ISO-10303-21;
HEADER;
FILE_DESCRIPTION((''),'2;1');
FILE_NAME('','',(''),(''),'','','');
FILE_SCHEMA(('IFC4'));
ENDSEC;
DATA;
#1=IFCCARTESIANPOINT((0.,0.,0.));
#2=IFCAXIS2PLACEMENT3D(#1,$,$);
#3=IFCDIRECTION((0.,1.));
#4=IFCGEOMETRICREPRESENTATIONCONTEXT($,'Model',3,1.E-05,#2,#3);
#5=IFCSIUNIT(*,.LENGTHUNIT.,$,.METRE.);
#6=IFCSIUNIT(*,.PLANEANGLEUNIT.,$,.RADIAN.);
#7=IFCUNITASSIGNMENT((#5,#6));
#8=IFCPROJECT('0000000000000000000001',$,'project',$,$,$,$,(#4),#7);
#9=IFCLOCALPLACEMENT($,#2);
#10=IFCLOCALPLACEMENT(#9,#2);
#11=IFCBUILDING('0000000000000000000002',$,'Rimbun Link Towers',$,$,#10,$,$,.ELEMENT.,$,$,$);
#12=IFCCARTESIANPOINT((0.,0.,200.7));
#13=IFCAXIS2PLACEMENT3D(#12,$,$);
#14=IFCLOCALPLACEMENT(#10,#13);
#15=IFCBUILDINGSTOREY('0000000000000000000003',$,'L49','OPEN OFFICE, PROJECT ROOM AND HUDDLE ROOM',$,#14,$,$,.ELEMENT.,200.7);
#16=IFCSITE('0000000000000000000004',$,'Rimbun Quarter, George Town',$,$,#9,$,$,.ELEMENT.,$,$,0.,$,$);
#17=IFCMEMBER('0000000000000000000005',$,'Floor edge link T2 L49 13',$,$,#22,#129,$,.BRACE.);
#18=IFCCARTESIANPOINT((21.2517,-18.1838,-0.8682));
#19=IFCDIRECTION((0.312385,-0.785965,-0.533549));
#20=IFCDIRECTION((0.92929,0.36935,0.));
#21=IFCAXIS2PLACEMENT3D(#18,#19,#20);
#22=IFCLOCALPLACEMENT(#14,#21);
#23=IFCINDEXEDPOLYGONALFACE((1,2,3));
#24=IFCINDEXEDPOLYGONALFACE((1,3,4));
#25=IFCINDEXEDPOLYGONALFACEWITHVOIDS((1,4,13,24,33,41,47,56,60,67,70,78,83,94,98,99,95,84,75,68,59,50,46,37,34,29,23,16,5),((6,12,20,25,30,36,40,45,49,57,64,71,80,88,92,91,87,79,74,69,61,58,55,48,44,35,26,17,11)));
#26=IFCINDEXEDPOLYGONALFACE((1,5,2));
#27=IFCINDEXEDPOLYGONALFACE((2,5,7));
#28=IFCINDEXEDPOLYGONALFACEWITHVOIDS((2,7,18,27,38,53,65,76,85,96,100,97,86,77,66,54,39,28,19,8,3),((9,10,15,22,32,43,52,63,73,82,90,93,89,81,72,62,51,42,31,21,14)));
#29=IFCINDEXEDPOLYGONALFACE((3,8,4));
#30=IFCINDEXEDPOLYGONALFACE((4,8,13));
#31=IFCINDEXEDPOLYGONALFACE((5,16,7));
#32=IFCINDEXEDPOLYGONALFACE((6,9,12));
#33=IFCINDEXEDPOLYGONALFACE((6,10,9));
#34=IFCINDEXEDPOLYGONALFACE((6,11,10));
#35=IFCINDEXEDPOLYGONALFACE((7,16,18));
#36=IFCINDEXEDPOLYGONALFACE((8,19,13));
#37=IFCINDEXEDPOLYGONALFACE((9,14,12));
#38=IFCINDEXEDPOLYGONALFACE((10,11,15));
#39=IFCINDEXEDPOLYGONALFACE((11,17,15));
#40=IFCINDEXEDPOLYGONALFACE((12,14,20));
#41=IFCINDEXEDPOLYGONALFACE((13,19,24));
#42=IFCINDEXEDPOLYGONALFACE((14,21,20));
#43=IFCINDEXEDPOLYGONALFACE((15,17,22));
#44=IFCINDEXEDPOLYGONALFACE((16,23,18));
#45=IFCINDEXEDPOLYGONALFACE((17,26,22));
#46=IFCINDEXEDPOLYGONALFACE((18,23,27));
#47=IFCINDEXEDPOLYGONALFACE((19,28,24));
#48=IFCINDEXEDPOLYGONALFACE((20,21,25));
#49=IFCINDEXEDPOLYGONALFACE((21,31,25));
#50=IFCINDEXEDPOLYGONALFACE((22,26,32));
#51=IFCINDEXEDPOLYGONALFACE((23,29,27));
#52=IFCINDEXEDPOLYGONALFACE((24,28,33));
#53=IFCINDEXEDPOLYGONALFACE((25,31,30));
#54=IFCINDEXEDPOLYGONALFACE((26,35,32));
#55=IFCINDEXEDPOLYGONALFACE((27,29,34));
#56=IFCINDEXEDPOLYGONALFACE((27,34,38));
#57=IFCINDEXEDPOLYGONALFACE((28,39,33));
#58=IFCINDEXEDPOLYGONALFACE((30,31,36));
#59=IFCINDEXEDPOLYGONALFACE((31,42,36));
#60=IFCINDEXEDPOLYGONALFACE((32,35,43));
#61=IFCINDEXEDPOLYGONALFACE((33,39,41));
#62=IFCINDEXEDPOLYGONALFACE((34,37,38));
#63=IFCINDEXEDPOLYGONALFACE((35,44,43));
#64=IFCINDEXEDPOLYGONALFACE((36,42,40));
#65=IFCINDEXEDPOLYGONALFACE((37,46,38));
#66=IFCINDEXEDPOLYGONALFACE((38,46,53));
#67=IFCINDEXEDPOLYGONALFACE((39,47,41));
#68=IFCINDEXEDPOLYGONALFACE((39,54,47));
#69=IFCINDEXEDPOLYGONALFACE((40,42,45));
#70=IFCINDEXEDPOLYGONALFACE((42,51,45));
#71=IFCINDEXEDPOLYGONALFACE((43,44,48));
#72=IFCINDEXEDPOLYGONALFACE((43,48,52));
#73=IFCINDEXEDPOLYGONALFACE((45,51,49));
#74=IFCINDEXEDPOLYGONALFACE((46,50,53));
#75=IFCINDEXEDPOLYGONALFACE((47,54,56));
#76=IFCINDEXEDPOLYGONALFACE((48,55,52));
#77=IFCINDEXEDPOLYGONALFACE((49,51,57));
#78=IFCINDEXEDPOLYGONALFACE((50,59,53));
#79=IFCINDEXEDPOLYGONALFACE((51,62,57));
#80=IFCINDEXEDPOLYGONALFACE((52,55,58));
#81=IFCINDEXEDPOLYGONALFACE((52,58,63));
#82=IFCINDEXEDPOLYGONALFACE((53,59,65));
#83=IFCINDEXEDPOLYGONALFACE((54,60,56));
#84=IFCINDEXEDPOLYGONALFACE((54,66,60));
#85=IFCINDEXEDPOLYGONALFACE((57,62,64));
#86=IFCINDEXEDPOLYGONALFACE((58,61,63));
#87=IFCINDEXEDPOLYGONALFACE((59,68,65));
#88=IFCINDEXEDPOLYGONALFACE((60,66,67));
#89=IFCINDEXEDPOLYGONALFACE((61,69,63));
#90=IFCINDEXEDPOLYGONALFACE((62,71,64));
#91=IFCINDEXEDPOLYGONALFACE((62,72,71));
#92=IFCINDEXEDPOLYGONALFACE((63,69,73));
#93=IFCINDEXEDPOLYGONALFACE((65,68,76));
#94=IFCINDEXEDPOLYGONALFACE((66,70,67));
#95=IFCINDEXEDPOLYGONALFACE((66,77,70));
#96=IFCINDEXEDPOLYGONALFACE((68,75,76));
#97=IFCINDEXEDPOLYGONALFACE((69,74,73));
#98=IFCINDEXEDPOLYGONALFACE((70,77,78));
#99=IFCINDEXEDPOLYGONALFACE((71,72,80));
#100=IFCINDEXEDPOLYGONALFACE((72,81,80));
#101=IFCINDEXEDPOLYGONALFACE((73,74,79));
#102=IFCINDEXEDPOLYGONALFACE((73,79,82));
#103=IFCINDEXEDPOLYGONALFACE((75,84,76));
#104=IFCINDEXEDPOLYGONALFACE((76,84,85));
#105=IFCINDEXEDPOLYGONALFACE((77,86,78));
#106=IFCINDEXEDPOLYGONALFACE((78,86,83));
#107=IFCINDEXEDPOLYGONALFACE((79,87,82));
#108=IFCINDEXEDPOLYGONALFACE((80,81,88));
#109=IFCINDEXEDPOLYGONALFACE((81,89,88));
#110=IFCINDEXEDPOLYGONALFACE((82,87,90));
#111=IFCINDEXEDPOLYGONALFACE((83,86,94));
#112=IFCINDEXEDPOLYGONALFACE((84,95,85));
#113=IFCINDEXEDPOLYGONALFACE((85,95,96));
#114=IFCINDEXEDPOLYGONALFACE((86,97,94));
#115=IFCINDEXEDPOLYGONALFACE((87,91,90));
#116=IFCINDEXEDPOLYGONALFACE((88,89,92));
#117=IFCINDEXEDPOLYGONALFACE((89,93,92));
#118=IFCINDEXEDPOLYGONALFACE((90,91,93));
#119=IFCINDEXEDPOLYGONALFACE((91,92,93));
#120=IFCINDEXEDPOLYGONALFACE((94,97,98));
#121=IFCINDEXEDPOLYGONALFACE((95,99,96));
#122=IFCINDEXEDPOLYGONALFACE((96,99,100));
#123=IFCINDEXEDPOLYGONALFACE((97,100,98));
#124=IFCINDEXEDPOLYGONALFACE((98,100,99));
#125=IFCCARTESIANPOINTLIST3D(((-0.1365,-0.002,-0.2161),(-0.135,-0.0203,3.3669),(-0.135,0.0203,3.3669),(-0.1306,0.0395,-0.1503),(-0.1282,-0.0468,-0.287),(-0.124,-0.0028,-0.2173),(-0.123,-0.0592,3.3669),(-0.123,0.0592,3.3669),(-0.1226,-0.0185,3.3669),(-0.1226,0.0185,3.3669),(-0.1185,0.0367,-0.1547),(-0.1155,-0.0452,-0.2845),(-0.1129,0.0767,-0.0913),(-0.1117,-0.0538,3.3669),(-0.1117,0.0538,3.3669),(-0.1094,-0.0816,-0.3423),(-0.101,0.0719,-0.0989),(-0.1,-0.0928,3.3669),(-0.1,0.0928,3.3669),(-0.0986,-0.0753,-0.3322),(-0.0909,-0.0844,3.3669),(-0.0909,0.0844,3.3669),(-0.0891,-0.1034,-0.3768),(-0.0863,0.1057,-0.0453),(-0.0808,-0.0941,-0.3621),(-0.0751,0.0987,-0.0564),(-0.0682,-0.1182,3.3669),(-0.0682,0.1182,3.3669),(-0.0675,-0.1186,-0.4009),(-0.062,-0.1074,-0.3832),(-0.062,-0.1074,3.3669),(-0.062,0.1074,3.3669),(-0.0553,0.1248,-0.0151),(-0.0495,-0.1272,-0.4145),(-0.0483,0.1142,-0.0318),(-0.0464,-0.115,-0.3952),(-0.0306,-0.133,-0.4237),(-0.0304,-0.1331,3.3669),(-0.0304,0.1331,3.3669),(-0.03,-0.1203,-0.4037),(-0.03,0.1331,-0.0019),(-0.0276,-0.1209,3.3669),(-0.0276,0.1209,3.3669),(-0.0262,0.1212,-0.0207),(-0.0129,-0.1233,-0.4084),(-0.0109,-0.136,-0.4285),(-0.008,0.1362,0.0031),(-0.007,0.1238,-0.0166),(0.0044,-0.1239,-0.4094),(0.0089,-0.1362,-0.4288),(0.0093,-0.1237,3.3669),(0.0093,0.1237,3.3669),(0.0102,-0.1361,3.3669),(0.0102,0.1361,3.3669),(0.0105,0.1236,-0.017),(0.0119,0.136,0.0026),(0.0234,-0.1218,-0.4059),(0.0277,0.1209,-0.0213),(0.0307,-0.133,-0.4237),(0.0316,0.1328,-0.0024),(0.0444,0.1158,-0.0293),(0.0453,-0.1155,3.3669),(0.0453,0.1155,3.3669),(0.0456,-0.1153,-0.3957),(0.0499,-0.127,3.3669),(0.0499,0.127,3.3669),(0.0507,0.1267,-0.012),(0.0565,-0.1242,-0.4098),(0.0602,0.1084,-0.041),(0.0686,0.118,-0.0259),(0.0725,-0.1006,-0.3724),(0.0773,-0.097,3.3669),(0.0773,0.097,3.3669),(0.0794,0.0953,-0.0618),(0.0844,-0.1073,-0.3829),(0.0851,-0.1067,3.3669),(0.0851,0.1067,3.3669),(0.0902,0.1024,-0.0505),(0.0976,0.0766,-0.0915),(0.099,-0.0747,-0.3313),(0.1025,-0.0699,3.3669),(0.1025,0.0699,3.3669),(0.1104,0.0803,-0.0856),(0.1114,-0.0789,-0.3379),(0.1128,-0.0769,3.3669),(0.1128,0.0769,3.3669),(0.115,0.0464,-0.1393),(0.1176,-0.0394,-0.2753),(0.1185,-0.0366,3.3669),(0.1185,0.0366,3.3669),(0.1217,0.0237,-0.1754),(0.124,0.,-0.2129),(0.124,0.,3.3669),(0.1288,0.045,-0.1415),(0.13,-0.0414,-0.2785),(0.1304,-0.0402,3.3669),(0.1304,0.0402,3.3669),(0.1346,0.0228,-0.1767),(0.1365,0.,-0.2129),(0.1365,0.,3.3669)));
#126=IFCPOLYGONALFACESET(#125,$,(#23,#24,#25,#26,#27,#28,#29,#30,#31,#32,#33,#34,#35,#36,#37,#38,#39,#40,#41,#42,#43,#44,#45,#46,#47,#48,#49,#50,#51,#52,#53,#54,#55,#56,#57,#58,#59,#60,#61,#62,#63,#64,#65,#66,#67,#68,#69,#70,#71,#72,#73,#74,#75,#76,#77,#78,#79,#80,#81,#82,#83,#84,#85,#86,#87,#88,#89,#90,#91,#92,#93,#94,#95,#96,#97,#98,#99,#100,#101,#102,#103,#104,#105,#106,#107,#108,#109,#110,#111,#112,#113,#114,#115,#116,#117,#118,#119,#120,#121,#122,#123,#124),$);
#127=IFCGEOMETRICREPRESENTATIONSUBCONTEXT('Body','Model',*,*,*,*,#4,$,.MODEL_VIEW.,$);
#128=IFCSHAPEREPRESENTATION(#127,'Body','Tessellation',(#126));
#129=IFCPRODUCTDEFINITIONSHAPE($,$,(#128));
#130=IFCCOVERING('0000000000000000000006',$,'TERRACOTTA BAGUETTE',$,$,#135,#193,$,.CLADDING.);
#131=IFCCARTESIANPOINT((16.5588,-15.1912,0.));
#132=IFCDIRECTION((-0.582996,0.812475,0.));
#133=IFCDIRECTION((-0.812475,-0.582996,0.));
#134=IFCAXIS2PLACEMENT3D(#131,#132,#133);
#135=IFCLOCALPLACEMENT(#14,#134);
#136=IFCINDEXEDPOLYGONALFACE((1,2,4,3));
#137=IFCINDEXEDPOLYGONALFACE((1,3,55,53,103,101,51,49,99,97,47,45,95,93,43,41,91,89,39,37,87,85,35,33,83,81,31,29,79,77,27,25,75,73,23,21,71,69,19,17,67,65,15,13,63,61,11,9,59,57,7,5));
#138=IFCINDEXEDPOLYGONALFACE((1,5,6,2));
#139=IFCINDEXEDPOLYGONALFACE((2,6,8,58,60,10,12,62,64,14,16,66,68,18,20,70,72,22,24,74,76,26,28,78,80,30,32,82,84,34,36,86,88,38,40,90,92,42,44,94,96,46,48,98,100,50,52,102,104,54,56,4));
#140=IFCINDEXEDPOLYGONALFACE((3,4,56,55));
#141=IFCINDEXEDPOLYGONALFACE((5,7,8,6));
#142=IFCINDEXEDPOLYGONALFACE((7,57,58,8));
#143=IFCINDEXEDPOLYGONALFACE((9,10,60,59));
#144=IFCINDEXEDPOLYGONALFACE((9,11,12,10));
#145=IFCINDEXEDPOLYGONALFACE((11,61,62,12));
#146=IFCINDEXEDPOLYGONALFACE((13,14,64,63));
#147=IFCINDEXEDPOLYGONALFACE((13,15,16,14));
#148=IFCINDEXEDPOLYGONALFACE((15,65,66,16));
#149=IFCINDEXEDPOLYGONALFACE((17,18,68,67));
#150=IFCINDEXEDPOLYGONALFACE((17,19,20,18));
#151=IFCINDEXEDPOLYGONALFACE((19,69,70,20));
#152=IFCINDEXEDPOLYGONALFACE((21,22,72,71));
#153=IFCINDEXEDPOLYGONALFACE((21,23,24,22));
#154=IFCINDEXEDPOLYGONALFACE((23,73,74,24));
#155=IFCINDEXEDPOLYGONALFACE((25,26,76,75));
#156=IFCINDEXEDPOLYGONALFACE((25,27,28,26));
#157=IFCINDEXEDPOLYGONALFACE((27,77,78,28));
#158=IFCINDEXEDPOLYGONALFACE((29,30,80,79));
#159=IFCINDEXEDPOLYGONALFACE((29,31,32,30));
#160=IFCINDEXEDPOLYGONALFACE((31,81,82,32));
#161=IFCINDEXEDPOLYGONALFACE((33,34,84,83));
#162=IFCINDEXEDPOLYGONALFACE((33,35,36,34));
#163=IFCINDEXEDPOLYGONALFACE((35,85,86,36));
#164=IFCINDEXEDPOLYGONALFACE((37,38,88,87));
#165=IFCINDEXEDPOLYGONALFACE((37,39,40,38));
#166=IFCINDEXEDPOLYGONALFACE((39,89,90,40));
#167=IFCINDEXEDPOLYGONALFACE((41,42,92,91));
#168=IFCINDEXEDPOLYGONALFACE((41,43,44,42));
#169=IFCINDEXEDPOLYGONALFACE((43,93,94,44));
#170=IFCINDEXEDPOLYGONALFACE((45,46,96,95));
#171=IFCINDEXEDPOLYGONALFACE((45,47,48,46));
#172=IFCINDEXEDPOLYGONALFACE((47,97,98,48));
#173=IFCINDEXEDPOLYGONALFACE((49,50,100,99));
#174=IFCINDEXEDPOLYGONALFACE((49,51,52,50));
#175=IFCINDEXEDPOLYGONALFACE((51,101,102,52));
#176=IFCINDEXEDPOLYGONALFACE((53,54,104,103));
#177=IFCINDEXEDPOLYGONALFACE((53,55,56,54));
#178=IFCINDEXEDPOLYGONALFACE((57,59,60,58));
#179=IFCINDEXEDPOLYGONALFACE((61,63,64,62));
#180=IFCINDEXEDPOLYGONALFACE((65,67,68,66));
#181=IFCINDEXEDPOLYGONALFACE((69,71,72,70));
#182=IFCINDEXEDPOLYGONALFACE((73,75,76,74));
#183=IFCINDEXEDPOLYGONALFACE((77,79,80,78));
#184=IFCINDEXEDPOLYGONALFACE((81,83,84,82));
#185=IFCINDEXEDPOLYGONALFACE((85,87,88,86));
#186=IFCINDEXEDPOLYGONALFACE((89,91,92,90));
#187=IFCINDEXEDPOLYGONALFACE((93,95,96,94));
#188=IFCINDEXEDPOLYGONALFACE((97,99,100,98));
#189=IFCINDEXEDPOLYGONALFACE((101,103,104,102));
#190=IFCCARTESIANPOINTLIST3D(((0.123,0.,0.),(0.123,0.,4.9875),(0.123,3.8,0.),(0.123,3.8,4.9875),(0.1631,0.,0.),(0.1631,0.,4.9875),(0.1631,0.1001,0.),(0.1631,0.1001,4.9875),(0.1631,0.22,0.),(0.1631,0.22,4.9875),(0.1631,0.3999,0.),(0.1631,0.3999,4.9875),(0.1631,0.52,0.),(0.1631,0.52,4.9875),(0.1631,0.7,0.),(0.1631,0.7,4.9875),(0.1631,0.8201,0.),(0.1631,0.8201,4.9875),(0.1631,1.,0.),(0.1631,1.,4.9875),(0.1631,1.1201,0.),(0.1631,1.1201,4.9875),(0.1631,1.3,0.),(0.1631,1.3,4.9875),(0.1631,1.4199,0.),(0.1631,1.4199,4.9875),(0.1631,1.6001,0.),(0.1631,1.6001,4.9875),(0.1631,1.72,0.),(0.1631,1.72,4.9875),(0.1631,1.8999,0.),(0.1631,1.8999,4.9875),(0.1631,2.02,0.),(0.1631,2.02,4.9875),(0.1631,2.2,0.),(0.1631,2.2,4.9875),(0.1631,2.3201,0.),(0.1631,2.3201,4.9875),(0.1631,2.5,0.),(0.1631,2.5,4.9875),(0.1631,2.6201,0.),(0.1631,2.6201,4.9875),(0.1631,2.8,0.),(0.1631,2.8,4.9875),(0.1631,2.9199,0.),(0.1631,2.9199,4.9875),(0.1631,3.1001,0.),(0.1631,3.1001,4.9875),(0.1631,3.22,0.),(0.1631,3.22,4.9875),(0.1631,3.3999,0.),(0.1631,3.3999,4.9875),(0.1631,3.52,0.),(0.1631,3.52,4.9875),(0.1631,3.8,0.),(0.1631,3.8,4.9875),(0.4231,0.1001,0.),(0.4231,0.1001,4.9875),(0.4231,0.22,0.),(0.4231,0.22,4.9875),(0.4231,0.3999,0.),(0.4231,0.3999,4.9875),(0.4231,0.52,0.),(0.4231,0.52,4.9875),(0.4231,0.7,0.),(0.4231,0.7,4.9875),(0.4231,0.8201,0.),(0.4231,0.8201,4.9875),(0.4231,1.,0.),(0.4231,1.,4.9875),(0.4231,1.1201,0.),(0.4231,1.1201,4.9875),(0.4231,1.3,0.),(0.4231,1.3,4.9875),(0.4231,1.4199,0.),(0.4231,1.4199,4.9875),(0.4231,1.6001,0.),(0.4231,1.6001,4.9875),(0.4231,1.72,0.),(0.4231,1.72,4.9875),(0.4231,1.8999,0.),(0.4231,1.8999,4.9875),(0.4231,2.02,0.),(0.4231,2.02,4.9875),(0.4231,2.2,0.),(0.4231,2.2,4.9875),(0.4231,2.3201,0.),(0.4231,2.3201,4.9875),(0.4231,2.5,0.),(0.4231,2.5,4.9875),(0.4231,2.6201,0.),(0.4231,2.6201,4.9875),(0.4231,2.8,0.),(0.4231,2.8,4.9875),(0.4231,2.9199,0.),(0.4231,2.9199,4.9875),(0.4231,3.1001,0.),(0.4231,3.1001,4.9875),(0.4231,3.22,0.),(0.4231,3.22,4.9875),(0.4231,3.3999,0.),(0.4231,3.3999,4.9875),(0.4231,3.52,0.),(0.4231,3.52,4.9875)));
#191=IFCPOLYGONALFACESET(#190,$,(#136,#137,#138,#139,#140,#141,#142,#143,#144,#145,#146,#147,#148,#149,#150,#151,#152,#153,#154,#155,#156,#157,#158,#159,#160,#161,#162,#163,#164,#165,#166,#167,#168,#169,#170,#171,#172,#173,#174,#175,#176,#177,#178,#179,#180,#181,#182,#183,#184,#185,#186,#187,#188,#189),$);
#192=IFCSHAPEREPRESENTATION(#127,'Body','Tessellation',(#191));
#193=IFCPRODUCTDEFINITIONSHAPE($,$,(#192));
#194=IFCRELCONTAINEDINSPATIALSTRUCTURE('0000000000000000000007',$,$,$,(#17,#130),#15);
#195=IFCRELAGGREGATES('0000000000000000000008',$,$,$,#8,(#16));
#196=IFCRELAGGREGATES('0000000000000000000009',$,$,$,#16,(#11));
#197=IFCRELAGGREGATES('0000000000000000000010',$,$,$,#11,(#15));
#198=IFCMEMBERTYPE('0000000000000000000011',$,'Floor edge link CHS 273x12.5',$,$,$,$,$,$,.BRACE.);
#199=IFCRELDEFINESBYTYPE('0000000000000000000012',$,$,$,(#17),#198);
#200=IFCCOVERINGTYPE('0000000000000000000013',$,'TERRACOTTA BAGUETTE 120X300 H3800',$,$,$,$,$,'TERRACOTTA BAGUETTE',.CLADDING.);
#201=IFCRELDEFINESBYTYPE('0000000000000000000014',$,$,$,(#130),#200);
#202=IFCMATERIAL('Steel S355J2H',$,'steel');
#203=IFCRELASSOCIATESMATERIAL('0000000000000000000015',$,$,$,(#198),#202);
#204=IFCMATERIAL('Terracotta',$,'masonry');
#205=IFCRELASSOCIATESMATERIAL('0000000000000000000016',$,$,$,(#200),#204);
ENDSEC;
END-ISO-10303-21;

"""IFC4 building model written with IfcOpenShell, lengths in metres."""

from ifc_helpers import new_model, si_unit, direction, frame, origin, origin_2d, place, context, subcontext, project, spatial, polyline, hollow_circle, outline, extrude, clip, halfspace, material, material_profile, profile_set, type_object, element, save


model = new_model("IFC4")

# Units and contexts
model_context = context("Model", 3, precision=1e-05, world=origin(), true_north=direction((0.0, 1.0)))
body_context = subcontext(model_context, "Body", "Model", "MODEL_VIEW")
ifc_project = project(units=[si_unit("LENGTHUNIT", "METRE"), si_unit("PLANEANGLEUNIT", "RADIAN")], contexts=[model_context])

# Site, building, storey
site_placement = place(None, origin())
site = spatial("IfcSite", under=ifc_project, at=site_placement, Name="Rimbun Quarter, George Town", CompositionType="ELEMENT", RefElevation=0.0)
building_placement = place(site_placement, origin())
building = spatial("IfcBuilding", under=site, at=building_placement, Name="Rimbun Link Towers", CompositionType="ELEMENT")
storey_placement = place(building_placement, frame((0.0, 0.0, 200.7)))
storey = spatial("IfcBuildingStorey", under=building, at=storey_placement, Name="L49", Description="OPEN OFFICE, PROJECT ROOM AND HUDDLE ROOM", CompositionType="ELEMENT", Elevation=200.7)

# Member
ifc_material_1 = material(Name="Steel S355J2H", Category="steel")
ifc_material_profile_1 = material_profile(ifc_material_1, hollow_circle(Radius=0.1365, WallThickness=0.0125, at=origin_2d()), Name="CHS 273x12.5")
ifc_profile_set_1 = profile_set([ifc_material_profile_1], Name="Steel S355J2H")
member_type_1 = type_object("IfcMemberType", Name="Floor edge link CHS 273x12.5", PredefinedType="BRACE", material=ifc_profile_set_1)
member_1_placement = place(storey_placement, frame((21.2517, -18.1838, -0.8682), z_axis=(0.312385, -0.785965, -0.533549), x_axis=(0.92929, 0.36935, 0.0)))
element("IfcMember", 1, at=member_1_placement, inside=storey, type_object=member_type_1, Name="Floor edge link T2 L49 13", PredefinedType="BRACE", context=body_context, shape_type="Clipping", body=[
    clip(extrude(hollow_circle(Radius=0.1365, WallThickness=0.0125, at=origin_2d()), frame((0.0, 0.0, -0.4514)), (0.0, 0.0, 1.0), 3.8184), halfspace(frame((0.0, 0.0, -0.2129), z_axis=(0.0, 0.845769, -0.533549)), False)),
])

# Covering
ifc_material_2 = material(Name="Terracotta", Category="masonry")
ifc_material_profile_2 = material_profile(ifc_material_2, outline(polyline([(0.123, 0.0), (0.1631, 0.0), (0.1631, 0.1001), (0.4231, 0.1001), (0.4231, 0.22), (0.1631, 0.22), (0.1631, 0.3999), (0.4231, 0.3999), (0.4231, 0.52), (0.1631, 0.52), (0.1631, 0.7), (0.4231, 0.7), (0.4231, 0.8201), (0.1631, 0.8201), (0.1631, 1.0), (0.4231, 1.0), (0.4231, 1.1201), (0.1631, 1.1201), (0.1631, 1.3), (0.4231, 1.3), (0.4231, 1.4199), (0.1631, 1.4199), (0.1631, 1.6001), (0.4231, 1.6001), (0.4231, 1.72), (0.1631, 1.72), (0.1631, 1.8999), (0.4231, 1.8999), (0.4231, 2.02), (0.1631, 2.02), (0.1631, 2.2), (0.4231, 2.2), (0.4231, 2.3201), (0.1631, 2.3201), (0.1631, 2.5), (0.4231, 2.5), (0.4231, 2.6201), (0.1631, 2.6201), (0.1631, 2.8), (0.4231, 2.8), (0.4231, 2.9199), (0.1631, 2.9199), (0.1631, 3.1001), (0.4231, 3.1001), (0.4231, 3.22), (0.1631, 3.22), (0.1631, 3.3999), (0.4231, 3.3999), (0.4231, 3.52), (0.1631, 3.52), (0.1631, 3.8), (0.123, 3.8), (0.123, 0.0)])), Name="BAGUETTE 120X300")
ifc_profile_set_2 = profile_set([ifc_material_profile_2], Name="Terracotta")
covering_type = type_object("IfcCoveringType", Name="TERRACOTTA BAGUETTE 120X300 H3800", ElementType="TERRACOTTA BAGUETTE", PredefinedType="CLADDING", material=ifc_profile_set_2)
covering_1_placement = place(storey_placement, frame((16.5588, -15.1912, 0.0), z_axis=(-0.582996, 0.812475, 0.0), x_axis=(-0.812475, -0.582996, 0.0)))
element("IfcCovering", 2, at=covering_1_placement, inside=storey, type_object=covering_type, Name="TERRACOTTA BAGUETTE", PredefinedType="CLADDING", context=body_context, shape_type="SweptSolid", body=[
    extrude(outline(polyline([(0.123, 0.0), (0.1631, 0.0), (0.1631, 0.1001), (0.4231, 0.1001), (0.4231, 0.22), (0.1631, 0.22), (0.1631, 0.3999), (0.4231, 0.3999), (0.4231, 0.52), (0.1631, 0.52), (0.1631, 0.7), (0.4231, 0.7), (0.4231, 0.8201), (0.1631, 0.8201), (0.1631, 1.0), (0.4231, 1.0), (0.4231, 1.1201), (0.1631, 1.1201), (0.1631, 1.3), (0.4231, 1.3), (0.4231, 1.4199), (0.1631, 1.4199), (0.1631, 1.6001), (0.4231, 1.6001), (0.4231, 1.72), (0.1631, 1.72), (0.1631, 1.8999), (0.4231, 1.8999), (0.4231, 2.02), (0.1631, 2.02), (0.1631, 2.2), (0.4231, 2.2), (0.4231, 2.3201), (0.1631, 2.3201), (0.1631, 2.5), (0.4231, 2.5), (0.4231, 2.6201), (0.1631, 2.6201), (0.1631, 2.8), (0.4231, 2.8), (0.4231, 2.9199), (0.1631, 2.9199), (0.1631, 3.1001), (0.4231, 3.1001), (0.4231, 3.22), (0.1631, 3.22), (0.1631, 3.3999), (0.4231, 3.3999), (0.4231, 3.52), (0.1631, 3.52), (0.1631, 3.8), (0.123, 3.8), (0.123, 0.0)])), origin(), (0.0, 0.0, 1.0), 4.9875),
])

save(model, "model.ifc")
